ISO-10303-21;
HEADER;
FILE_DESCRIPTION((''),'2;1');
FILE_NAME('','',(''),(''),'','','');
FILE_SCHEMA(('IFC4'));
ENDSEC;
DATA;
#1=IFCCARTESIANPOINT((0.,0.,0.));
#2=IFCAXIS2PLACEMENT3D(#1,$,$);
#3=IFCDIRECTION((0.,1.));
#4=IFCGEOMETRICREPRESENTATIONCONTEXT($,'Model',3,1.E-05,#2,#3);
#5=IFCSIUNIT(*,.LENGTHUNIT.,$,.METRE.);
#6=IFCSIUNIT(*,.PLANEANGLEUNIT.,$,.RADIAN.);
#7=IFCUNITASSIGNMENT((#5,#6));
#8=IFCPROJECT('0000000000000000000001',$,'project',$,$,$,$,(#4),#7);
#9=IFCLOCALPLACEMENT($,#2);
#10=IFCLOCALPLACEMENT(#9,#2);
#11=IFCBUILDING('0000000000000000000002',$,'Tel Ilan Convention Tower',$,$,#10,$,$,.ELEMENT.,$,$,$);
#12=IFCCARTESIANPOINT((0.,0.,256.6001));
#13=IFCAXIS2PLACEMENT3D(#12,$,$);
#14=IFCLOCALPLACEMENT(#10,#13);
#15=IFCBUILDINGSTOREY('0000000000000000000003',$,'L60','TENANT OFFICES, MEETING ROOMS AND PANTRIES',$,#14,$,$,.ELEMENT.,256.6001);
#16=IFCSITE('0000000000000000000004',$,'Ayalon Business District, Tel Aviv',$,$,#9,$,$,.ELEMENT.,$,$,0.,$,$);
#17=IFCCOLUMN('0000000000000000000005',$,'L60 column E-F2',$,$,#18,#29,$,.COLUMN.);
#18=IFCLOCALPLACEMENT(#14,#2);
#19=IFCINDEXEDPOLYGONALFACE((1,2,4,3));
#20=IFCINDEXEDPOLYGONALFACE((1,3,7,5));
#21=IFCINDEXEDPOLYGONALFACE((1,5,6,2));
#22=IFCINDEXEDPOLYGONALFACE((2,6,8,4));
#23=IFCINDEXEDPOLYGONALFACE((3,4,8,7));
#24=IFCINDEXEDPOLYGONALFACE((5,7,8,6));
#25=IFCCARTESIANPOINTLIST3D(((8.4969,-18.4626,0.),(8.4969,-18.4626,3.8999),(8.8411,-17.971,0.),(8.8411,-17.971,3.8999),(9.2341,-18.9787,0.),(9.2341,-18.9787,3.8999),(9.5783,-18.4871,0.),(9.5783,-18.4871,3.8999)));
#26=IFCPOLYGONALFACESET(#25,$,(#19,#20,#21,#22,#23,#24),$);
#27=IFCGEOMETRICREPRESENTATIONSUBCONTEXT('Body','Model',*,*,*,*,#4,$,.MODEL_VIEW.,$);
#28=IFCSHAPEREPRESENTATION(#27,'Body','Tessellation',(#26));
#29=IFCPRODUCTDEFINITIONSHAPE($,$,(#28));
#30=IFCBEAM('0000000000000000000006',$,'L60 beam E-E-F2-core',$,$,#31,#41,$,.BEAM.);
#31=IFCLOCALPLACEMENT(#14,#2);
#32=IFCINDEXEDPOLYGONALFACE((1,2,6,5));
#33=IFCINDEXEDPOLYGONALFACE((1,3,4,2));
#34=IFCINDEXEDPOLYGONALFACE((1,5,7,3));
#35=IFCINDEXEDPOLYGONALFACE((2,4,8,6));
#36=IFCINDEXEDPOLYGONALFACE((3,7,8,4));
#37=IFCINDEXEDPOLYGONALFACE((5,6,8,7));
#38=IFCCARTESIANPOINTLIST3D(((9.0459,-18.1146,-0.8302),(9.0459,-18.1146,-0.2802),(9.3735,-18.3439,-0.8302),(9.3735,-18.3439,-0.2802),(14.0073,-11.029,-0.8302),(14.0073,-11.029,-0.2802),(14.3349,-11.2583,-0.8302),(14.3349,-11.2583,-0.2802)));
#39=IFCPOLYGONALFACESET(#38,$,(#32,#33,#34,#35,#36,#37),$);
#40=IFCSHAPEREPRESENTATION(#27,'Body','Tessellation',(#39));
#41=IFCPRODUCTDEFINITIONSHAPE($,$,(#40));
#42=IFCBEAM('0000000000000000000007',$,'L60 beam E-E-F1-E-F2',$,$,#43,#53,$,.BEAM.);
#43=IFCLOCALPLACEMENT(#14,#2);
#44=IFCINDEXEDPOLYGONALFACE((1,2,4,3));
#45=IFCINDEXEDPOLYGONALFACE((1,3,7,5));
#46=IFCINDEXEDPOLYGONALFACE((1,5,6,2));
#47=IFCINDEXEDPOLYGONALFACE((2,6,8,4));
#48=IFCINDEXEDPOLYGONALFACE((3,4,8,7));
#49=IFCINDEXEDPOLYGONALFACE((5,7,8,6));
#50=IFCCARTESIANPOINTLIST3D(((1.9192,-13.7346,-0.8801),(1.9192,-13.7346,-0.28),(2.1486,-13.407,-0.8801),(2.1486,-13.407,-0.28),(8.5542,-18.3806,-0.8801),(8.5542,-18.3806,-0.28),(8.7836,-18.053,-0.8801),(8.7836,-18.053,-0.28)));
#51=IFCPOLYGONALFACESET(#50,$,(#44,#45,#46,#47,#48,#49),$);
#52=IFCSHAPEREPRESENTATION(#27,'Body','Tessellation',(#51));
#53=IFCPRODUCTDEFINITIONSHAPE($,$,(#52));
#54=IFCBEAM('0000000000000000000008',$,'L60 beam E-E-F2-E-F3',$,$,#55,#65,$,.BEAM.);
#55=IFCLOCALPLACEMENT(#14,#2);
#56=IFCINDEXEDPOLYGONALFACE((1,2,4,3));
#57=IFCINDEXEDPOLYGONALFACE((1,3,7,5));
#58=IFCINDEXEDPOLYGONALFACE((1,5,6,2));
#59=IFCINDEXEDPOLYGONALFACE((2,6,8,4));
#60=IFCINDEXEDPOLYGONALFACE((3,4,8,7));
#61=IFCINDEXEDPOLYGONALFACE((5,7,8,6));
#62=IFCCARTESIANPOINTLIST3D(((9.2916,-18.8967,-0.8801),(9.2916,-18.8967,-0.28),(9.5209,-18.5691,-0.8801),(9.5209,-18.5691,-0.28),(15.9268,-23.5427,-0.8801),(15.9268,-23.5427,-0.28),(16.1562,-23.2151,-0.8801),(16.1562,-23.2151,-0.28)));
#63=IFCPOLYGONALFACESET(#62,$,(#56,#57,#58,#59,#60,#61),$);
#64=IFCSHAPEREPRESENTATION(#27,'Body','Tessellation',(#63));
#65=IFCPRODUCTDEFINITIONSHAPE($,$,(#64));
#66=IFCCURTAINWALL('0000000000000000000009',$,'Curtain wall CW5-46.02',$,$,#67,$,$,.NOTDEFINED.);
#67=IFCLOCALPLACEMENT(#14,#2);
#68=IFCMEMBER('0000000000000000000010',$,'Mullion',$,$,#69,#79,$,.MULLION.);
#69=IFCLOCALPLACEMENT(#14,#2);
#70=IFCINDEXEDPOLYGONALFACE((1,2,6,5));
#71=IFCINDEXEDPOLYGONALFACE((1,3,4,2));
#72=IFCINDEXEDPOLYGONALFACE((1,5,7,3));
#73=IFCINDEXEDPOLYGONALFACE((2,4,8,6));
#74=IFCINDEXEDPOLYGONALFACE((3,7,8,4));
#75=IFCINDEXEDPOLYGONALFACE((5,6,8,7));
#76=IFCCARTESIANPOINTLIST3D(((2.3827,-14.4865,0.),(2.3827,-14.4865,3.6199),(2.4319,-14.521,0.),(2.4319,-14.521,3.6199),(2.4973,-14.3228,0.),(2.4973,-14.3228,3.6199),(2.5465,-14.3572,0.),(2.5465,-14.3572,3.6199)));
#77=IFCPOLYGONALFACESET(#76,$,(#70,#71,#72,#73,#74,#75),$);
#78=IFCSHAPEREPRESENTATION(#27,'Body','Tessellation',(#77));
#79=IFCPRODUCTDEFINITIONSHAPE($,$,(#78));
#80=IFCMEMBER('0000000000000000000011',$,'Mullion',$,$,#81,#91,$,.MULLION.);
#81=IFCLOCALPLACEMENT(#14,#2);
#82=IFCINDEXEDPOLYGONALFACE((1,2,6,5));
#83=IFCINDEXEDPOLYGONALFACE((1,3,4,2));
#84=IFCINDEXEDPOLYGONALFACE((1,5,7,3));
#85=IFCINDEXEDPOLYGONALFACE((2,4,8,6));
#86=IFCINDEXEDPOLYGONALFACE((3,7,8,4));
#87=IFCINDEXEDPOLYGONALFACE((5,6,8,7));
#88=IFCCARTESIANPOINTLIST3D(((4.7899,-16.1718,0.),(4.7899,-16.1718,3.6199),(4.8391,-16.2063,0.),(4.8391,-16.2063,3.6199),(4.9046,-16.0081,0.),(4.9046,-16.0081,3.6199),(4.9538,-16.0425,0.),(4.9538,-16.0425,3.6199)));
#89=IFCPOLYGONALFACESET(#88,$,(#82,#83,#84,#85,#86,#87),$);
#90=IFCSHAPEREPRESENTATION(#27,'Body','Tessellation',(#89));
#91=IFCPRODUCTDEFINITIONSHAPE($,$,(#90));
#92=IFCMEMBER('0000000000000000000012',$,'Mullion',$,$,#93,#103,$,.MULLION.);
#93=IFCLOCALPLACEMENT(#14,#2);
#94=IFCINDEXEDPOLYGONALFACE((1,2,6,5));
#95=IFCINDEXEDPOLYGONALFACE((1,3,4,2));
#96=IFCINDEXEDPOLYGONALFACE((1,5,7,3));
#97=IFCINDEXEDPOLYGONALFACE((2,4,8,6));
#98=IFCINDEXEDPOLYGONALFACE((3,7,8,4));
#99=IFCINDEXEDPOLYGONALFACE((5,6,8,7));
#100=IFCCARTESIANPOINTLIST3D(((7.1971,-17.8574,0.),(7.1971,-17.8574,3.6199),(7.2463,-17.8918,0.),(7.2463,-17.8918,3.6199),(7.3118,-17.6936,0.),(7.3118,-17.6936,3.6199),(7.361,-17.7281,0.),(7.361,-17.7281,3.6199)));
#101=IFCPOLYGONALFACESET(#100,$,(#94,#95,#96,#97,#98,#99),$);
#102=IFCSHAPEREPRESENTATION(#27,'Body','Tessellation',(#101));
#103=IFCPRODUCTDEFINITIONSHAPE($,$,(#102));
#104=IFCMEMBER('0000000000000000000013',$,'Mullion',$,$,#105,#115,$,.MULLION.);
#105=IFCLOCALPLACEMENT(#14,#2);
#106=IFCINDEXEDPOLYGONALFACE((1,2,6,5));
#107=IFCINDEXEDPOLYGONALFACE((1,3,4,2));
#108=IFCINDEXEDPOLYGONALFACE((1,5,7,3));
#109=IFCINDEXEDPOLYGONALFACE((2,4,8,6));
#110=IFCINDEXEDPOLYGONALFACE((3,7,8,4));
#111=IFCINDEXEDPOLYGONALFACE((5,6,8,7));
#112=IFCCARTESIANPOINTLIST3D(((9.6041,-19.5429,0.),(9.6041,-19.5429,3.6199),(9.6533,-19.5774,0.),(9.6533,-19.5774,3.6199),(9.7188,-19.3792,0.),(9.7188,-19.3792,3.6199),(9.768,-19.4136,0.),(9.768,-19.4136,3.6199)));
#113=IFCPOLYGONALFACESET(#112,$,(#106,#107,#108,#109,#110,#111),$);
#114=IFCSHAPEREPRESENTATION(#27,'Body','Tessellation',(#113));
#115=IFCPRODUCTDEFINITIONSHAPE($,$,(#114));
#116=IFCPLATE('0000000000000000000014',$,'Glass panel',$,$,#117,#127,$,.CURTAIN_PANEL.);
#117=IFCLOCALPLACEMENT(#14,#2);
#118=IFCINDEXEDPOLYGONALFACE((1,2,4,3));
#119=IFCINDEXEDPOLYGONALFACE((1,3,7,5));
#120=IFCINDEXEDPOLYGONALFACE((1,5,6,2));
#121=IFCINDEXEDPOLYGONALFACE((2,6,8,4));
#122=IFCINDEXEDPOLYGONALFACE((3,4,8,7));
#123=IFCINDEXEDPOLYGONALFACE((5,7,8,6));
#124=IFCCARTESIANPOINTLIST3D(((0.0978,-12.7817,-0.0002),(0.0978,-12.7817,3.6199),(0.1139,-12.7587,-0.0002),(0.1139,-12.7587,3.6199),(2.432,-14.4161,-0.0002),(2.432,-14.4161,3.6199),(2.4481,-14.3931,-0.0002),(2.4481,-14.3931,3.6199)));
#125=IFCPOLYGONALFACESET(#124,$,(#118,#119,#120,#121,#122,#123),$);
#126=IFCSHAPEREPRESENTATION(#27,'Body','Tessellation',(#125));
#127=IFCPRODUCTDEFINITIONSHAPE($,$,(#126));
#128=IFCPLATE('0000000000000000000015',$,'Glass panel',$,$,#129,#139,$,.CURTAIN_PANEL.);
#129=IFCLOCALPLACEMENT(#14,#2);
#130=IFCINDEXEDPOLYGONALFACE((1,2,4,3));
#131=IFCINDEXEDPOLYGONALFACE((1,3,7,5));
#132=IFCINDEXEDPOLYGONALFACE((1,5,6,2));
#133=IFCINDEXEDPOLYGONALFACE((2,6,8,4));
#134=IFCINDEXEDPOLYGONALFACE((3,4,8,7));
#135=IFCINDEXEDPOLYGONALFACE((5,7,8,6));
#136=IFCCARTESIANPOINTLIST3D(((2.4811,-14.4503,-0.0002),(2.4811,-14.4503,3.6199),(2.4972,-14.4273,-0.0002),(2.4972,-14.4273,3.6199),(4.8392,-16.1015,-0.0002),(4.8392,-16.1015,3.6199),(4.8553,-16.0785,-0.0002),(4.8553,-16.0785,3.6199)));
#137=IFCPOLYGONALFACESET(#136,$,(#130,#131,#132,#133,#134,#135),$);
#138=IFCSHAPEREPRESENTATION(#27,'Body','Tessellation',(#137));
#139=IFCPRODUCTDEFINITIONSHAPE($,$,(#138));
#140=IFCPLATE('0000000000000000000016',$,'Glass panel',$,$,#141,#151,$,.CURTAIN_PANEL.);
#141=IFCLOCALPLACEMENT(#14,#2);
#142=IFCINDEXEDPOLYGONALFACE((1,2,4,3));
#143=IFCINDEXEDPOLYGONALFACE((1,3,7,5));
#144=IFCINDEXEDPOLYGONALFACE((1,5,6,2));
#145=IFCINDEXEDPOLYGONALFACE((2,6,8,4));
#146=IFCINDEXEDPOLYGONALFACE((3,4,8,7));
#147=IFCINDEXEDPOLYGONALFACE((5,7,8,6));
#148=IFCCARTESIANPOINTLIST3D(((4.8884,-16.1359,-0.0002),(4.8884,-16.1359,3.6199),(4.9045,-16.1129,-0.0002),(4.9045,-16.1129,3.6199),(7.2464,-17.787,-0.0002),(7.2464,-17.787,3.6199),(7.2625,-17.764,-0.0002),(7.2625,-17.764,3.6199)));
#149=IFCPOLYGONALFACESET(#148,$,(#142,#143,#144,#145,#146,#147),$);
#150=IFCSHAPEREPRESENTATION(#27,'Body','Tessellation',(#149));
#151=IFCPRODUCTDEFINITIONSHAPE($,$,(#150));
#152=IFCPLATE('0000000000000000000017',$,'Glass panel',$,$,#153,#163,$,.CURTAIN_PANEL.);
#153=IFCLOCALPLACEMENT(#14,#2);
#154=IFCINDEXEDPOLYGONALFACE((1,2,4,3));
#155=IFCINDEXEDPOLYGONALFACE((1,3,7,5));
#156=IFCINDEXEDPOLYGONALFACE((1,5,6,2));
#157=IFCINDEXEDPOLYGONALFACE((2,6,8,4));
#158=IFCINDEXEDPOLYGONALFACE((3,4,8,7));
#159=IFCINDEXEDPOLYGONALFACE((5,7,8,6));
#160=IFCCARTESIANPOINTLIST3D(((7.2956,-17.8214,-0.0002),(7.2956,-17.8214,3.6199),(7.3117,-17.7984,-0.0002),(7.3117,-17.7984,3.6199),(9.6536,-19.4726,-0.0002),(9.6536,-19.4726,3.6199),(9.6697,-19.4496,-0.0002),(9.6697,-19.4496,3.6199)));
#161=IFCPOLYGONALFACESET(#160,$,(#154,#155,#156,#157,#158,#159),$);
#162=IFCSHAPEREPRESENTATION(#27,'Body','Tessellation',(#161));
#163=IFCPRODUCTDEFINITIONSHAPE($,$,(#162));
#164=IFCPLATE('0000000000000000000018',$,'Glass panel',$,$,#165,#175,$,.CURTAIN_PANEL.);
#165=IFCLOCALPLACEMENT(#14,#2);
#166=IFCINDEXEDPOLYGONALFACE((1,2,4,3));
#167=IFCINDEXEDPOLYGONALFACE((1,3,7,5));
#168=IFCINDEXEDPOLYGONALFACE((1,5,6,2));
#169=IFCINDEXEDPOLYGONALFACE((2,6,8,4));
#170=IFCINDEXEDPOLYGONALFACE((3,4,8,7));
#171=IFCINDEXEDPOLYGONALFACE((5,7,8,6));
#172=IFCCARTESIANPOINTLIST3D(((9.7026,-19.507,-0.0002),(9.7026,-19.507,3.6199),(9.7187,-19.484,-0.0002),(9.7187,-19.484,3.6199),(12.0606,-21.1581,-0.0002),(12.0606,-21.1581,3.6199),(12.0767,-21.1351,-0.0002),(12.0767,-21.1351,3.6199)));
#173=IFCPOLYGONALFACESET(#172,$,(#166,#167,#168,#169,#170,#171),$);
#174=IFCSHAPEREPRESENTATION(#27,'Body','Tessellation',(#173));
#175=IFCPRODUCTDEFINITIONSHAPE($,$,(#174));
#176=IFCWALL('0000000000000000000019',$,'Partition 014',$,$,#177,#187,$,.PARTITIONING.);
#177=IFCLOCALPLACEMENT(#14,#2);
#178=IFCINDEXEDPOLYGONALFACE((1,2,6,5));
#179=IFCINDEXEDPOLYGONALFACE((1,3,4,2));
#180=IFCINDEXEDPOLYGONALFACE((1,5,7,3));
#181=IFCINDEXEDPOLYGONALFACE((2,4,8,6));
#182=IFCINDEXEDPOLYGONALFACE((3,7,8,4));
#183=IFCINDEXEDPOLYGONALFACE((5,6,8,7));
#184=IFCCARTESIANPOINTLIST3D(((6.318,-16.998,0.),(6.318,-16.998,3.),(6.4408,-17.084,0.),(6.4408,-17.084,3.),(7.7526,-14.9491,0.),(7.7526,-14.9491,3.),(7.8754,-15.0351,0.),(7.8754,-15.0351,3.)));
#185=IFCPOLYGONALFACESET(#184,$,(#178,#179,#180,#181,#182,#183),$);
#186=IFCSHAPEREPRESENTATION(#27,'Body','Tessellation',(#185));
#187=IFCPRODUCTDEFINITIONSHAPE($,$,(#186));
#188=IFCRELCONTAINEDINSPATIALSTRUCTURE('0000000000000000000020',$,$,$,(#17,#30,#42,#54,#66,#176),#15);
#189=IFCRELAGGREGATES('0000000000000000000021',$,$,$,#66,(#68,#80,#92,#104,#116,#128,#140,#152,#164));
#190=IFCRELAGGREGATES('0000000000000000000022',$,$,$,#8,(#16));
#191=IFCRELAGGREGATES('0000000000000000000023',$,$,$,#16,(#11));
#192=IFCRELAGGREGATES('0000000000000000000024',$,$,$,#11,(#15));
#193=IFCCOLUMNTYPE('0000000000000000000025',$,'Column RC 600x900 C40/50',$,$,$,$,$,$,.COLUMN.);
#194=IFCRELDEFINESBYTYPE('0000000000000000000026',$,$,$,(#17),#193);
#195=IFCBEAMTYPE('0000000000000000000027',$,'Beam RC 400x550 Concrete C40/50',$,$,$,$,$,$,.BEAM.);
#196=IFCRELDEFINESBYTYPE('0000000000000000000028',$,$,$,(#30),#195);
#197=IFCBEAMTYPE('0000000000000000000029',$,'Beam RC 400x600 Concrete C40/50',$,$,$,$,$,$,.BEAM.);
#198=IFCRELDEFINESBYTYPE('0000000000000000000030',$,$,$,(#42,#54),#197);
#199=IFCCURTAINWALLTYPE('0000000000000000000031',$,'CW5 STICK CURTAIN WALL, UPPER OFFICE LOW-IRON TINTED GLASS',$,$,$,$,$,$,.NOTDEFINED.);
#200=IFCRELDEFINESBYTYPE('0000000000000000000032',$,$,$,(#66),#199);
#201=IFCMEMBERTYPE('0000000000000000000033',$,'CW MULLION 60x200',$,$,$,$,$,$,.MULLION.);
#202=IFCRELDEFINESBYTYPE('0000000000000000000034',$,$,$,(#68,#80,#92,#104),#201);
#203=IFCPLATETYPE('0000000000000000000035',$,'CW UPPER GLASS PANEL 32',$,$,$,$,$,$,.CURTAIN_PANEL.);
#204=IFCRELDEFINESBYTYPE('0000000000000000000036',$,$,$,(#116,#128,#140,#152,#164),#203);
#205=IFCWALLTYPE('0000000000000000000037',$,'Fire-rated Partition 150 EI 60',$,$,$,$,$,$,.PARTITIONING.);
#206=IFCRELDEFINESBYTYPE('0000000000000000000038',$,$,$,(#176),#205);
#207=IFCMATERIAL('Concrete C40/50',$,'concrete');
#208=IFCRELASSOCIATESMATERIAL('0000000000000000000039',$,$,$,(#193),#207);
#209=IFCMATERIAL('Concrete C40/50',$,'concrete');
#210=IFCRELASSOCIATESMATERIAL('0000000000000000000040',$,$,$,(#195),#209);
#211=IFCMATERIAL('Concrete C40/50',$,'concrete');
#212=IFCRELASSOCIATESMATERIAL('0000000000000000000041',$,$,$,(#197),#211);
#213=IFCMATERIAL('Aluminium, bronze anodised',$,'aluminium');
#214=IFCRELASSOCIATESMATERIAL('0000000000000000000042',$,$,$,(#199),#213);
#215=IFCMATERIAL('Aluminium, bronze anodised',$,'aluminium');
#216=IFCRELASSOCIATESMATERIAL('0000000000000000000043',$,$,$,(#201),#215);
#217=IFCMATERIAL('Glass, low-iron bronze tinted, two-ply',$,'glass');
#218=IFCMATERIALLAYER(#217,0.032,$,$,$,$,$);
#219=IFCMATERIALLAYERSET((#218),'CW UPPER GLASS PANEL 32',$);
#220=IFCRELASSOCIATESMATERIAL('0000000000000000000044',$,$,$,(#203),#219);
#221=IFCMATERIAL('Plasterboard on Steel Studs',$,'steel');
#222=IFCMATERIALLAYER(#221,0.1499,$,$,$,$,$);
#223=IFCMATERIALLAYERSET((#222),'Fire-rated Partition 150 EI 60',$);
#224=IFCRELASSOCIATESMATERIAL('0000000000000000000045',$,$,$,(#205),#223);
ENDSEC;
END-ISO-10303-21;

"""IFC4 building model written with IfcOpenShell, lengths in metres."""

from ifc_helpers import new_model, si_unit, direction, frame, frame_2d, origin, origin_2d, place, context, subcontext, project, spatial, rectangle, extrude, material, layer, layer_set, material_profile, profile_set, type_object, element, aggregate, save


model = new_model("IFC4")

# Units and contexts
model_context = context("Model", 3, precision=1e-05, world=origin(), true_north=direction((0.0, 1.0)))
body_context = subcontext(model_context, "Body", "Model", "MODEL_VIEW")
ifc_project = project(units=[si_unit("LENGTHUNIT", "METRE"), si_unit("PLANEANGLEUNIT", "RADIAN")], contexts=[model_context])

# Site, building, storey
site_placement = place(None, origin())
site = spatial("IfcSite", under=ifc_project, at=site_placement, Name="Ayalon Business District, Tel Aviv", CompositionType="ELEMENT", RefElevation=0.0)
building_placement = place(site_placement, origin())
building = spatial("IfcBuilding", under=site, at=building_placement, Name="Tel Ilan Convention Tower", CompositionType="ELEMENT")
storey_placement = place(building_placement, frame((0.0, 0.0, 256.6001)))
storey = spatial("IfcBuildingStorey", under=building, at=storey_placement, Name="L60", Description="TENANT OFFICES, MEETING ROOMS AND PANTRIES", CompositionType="ELEMENT", Elevation=256.6001)

# Column
ifc_material_1 = material(Name="Concrete C40/50", Category="concrete")
ifc_material_profile_1 = material_profile(ifc_material_1, rectangle(XDim=0.8999, YDim=0.6001, at=origin_2d()), Name="RC 600x900")
ifc_profile_set_1 = profile_set([ifc_material_profile_1], Name="Concrete C40/50")
column_type = type_object("IfcColumnType", Name="Column RC 600x900 C40/50", PredefinedType="COLUMN", material=ifc_profile_set_1)
column_placement = place(storey_placement, frame((9.0376, -18.4749, 0.0), z_axis=(0.0, 0.0, 1.0), x_axis=(0.819152, -0.573576, 0.0)))
element("IfcColumn", 1, at=column_placement, inside=storey, type_object=column_type, Name="L60 column E-F2", PredefinedType="COLUMN", context=body_context, shape_type="SweptSolid", body=[
    extrude(rectangle(XDim=0.8999, YDim=0.6001, at=origin_2d()), origin(), (0.0, 0.0, 1.0), 3.8999),
])

# Beams
ifc_material_2 = material(Name="Concrete C40/50", Category="concrete")
ifc_material_profile_2 = material_profile(ifc_material_2, rectangle(XDim=0.3999, YDim=0.55, at=origin_2d()), Name="RC 400x550")
ifc_profile_set_2 = profile_set([ifc_material_profile_2], Name="Concrete C40/50")
beam_type_1 = type_object("IfcBeamType", Name="Beam RC 400x550 Concrete C40/50", PredefinedType="BEAM", material=ifc_profile_set_2)
beam_1_placement = place(storey_placement, frame((9.2097, -18.2292, -0.5552), z_axis=(0.573574, 0.819154, 0.0), x_axis=(-0.819154, 0.573574, 0.0)))
element("IfcBeam", 2, at=beam_1_placement, inside=storey, type_object=beam_type_1, Name="L60 beam E-E-F2-core", PredefinedType="BEAM", context=body_context, shape_type="SweptSolid", body=[
    extrude(rectangle(XDim=0.3999, YDim=0.55, at=origin_2d()), origin(), (0.0, 0.0, 1.0), 8.6499),
])
ifc_material_3 = material(Name="Concrete C40/50", Category="concrete")
ifc_material_profile_3 = material_profile(ifc_material_3, rectangle(XDim=0.3999, YDim=0.6001, at=origin_2d()), Name="RC 400x600")
ifc_profile_set_3 = profile_set([ifc_material_profile_3], Name="Concrete C40/50")
beam_type_2 = type_object("IfcBeamType", Name="Beam RC 400x600 Concrete C40/50", PredefinedType="BEAM", material=ifc_profile_set_3)
beam_2_placement = place(storey_placement, frame((2.0339, -13.5708, -0.5801), z_axis=(0.819146, -0.573586, 0.0), x_axis=(0.573586, 0.819146, 0.0)))
element("IfcBeam", 3, at=beam_2_placement, inside=storey, type_object=beam_type_2, Name="L60 beam E-E-F1-E-F2", PredefinedType="BEAM", context=body_context, shape_type="SweptSolid", body=[
    extrude(rectangle(XDim=0.3999, YDim=0.6001, at=origin_2d()), origin(), (0.0, 0.0, 1.0), 8.0999),
])
beam_3_placement = place(storey_placement, frame((9.4062, -18.7329, -0.5801), z_axis=(0.819155, -0.573572, 0.0), x_axis=(0.573572, 0.819155, 0.0)))
element("IfcBeam", 4, at=beam_3_placement, inside=storey, type_object=beam_type_2, Name="L60 beam E-E-F2-E-F3", PredefinedType="BEAM", context=body_context, shape_type="SweptSolid", body=[
    extrude(rectangle(XDim=0.3999, YDim=0.6001, at=origin_2d()), origin(), (0.0, 0.0, 1.0), 8.1001),
])

# Curtain wall, members, plates
ifc_material_4 = material(Name="Aluminium, bronze anodised", Category="aluminium")
curtain_wall_type = type_object("IfcCurtainWallType", Name="CW5 STICK CURTAIN WALL, UPPER OFFICE LOW-IRON TINTED GLASS", PredefinedType="NOTDEFINED", material=ifc_material_4)
curtain_wall_placement = place(storey_placement, origin())
curtain_wall = element("IfcCurtainWall", 5, at=curtain_wall_placement, inside=storey, type_object=curtain_wall_type, Name="Curtain wall CW5-46.02", PredefinedType="NOTDEFINED")
ifc_material_5 = material(Name="Aluminium, bronze anodised", Category="aluminium")
ifc_material_profile_4 = material_profile(ifc_material_5, rectangle(XDim=0.0601, YDim=0.2, at=origin_2d()), Name="CW MULLION 60x200")
ifc_profile_set_4 = profile_set([ifc_material_profile_4], Name="Aluminium, bronze anodised")
member_type = type_object("IfcMemberType", Name="CW MULLION 60x200", PredefinedType="MULLION", material=ifc_profile_set_4)
member_1_placement = place(storey_placement, frame((2.4646, -14.4219, 0.0), z_axis=(0.0, 0.0, 1.0), x_axis=(0.819152, -0.573576, 0.0)))
member_1 = element("IfcMember", 6, at=member_1_placement, type_object=member_type, Name="Mullion", PredefinedType="MULLION", context=body_context, shape_type="SweptSolid", body=[
    extrude(rectangle(XDim=0.0601, YDim=0.2, at=origin_2d()), origin(), (0.0, 0.0, 1.0), 3.6199),
])
member_2_placement = place(storey_placement, frame((4.8718, -16.1072, 0.0), z_axis=(0.0, 0.0, 1.0), x_axis=(0.819152, -0.573576, 0.0)))
member_2 = element("IfcMember", 7, at=member_2_placement, type_object=member_type, Name="Mullion", PredefinedType="MULLION", context=body_context, shape_type="SweptSolid", body=[
    extrude(rectangle(XDim=0.0601, YDim=0.2, at=origin_2d()), origin(), (0.0, 0.0, 1.0), 3.6199),
])
member_3_placement = place(storey_placement, frame((7.2791, -17.7927, 0.0), z_axis=(0.0, 0.0, 1.0), x_axis=(0.819152, -0.573576, 0.0)))
member_3 = element("IfcMember", 8, at=member_3_placement, type_object=member_type, Name="Mullion", PredefinedType="MULLION", context=body_context, shape_type="SweptSolid", body=[
    extrude(rectangle(XDim=0.0601, YDim=0.2, at=origin_2d()), origin(), (0.0, 0.0, 1.0), 3.6199),
])
member_4_placement = place(storey_placement, frame((9.686, -19.4783, 0.0), z_axis=(0.0, 0.0, 1.0), x_axis=(0.819152, -0.573576, 0.0)))
member_4 = element("IfcMember", 9, at=member_4_placement, type_object=member_type, Name="Mullion", PredefinedType="MULLION", context=body_context, shape_type="SweptSolid", body=[
    extrude(rectangle(XDim=0.0601, YDim=0.2, at=origin_2d()), origin(), (0.0, 0.0, 1.0), 3.6199),
])
ifc_material_6 = material(Name="Glass, low-iron bronze tinted, two-ply", Category="glass")
ifc_layer_1 = layer(ifc_material_6, 0.032)
ifc_layer_set_1 = layer_set([ifc_layer_1], Name="CW UPPER GLASS PANEL 32")
plate_type = type_object("IfcPlateType", Name="CW UPPER GLASS PANEL 32", PredefinedType="CURTAIN_PANEL", material=ifc_layer_set_1)
plate_1_placement = place(storey_placement, frame((1.2729, -13.5874, -0.0002), z_axis=(0.0, 0.0, 1.0), x_axis=(0.819152, -0.573576, 0.0)))
plate_1 = element("IfcPlate", 10, at=plate_1_placement, type_object=plate_type, Name="Glass panel", PredefinedType="CURTAIN_PANEL", context=body_context, shape_type="SweptSolid", body=[
    extrude(rectangle(XDim=2.8496, YDim=0.0281, at=origin_2d()), origin(), (0.0, 0.0, 1.0), 3.6201),
])
plate_2_placement = place(storey_placement, frame((3.6682, -15.2644, -0.0002), z_axis=(0.0, 0.0, 1.0), x_axis=(0.819152, -0.573576, 0.0)))
plate_2 = element("IfcPlate", 11, at=plate_2_placement, type_object=plate_type, Name="Glass panel", PredefinedType="CURTAIN_PANEL", context=body_context, shape_type="SweptSolid", body=[
    extrude(rectangle(XDim=2.8787, YDim=0.0281, at=origin_2d()), origin(), (0.0, 0.0, 1.0), 3.6201),
])
plate_3_placement = place(storey_placement, frame((6.0754, -16.95, -0.0002), z_axis=(0.0, 0.0, 1.0), x_axis=(0.819152, -0.573576, 0.0)))
plate_3 = element("IfcPlate", 12, at=plate_3_placement, type_object=plate_type, Name="Glass panel", PredefinedType="CURTAIN_PANEL", context=body_context, shape_type="SweptSolid", body=[
    extrude(rectangle(XDim=2.8787, YDim=0.0281, at=origin_2d()), origin(), (0.0, 0.0, 1.0), 3.6201),
])
plate_4_placement = place(storey_placement, frame((8.4827, -18.6355, -0.0002), z_axis=(0.0, 0.0, 1.0), x_axis=(0.819152, -0.573576, 0.0)))
plate_4 = element("IfcPlate", 13, at=plate_4_placement, type_object=plate_type, Name="Glass panel", PredefinedType="CURTAIN_PANEL", context=body_context, shape_type="SweptSolid", body=[
    extrude(rectangle(XDim=2.8787, YDim=0.0281, at=origin_2d()), origin(), (0.0, 0.0, 1.0), 3.6201),
])
plate_5_placement = place(storey_placement, frame((10.8896, -20.321, -0.0002), z_axis=(0.0, 0.0, 1.0), x_axis=(0.819152, -0.573576, 0.0)))
plate_5 = element("IfcPlate", 14, at=plate_5_placement, type_object=plate_type, Name="Glass panel", PredefinedType="CURTAIN_PANEL", context=body_context, shape_type="SweptSolid", body=[
    extrude(rectangle(XDim=2.8787, YDim=0.0281, at=origin_2d()), origin(), (0.0, 0.0, 1.0), 3.6201),
])
aggregate(curtain_wall, [member_1, member_2, member_3, member_4, plate_1, plate_2, plate_3, plate_4, plate_5])

# Wall
ifc_material_7 = material(Name="Plasterboard on Steel Studs", Category="steel")
ifc_layer_2 = layer(ifc_material_7, 0.1499)
ifc_layer_set_2 = layer_set([ifc_layer_2], Name="Fire-rated Partition 150 EI 60")
wall_type_1 = type_object("IfcWallType", Name="Fire-rated Partition 150 EI 60", PredefinedType="PARTITIONING", material=ifc_layer_set_2)
wall_1_placement = place(storey_placement, frame((7.814, -14.9922, 0.0), z_axis=(0.0, 0.0, 1.0), x_axis=(-0.573567, -0.819159, 0.0)))
element("IfcWall", 15, at=wall_1_placement, inside=storey, type_object=wall_type_1, Name="Partition 014", PredefinedType="PARTITIONING", context=body_context, shape_type="SweptSolid", body=[
    extrude(rectangle(XDim=2.5012, YDim=0.1499, at=frame_2d((1.2505, 0.0))), origin(), (0.0, 0.0, 1.0), 3.0),
])

save(model, "model.ifc")
